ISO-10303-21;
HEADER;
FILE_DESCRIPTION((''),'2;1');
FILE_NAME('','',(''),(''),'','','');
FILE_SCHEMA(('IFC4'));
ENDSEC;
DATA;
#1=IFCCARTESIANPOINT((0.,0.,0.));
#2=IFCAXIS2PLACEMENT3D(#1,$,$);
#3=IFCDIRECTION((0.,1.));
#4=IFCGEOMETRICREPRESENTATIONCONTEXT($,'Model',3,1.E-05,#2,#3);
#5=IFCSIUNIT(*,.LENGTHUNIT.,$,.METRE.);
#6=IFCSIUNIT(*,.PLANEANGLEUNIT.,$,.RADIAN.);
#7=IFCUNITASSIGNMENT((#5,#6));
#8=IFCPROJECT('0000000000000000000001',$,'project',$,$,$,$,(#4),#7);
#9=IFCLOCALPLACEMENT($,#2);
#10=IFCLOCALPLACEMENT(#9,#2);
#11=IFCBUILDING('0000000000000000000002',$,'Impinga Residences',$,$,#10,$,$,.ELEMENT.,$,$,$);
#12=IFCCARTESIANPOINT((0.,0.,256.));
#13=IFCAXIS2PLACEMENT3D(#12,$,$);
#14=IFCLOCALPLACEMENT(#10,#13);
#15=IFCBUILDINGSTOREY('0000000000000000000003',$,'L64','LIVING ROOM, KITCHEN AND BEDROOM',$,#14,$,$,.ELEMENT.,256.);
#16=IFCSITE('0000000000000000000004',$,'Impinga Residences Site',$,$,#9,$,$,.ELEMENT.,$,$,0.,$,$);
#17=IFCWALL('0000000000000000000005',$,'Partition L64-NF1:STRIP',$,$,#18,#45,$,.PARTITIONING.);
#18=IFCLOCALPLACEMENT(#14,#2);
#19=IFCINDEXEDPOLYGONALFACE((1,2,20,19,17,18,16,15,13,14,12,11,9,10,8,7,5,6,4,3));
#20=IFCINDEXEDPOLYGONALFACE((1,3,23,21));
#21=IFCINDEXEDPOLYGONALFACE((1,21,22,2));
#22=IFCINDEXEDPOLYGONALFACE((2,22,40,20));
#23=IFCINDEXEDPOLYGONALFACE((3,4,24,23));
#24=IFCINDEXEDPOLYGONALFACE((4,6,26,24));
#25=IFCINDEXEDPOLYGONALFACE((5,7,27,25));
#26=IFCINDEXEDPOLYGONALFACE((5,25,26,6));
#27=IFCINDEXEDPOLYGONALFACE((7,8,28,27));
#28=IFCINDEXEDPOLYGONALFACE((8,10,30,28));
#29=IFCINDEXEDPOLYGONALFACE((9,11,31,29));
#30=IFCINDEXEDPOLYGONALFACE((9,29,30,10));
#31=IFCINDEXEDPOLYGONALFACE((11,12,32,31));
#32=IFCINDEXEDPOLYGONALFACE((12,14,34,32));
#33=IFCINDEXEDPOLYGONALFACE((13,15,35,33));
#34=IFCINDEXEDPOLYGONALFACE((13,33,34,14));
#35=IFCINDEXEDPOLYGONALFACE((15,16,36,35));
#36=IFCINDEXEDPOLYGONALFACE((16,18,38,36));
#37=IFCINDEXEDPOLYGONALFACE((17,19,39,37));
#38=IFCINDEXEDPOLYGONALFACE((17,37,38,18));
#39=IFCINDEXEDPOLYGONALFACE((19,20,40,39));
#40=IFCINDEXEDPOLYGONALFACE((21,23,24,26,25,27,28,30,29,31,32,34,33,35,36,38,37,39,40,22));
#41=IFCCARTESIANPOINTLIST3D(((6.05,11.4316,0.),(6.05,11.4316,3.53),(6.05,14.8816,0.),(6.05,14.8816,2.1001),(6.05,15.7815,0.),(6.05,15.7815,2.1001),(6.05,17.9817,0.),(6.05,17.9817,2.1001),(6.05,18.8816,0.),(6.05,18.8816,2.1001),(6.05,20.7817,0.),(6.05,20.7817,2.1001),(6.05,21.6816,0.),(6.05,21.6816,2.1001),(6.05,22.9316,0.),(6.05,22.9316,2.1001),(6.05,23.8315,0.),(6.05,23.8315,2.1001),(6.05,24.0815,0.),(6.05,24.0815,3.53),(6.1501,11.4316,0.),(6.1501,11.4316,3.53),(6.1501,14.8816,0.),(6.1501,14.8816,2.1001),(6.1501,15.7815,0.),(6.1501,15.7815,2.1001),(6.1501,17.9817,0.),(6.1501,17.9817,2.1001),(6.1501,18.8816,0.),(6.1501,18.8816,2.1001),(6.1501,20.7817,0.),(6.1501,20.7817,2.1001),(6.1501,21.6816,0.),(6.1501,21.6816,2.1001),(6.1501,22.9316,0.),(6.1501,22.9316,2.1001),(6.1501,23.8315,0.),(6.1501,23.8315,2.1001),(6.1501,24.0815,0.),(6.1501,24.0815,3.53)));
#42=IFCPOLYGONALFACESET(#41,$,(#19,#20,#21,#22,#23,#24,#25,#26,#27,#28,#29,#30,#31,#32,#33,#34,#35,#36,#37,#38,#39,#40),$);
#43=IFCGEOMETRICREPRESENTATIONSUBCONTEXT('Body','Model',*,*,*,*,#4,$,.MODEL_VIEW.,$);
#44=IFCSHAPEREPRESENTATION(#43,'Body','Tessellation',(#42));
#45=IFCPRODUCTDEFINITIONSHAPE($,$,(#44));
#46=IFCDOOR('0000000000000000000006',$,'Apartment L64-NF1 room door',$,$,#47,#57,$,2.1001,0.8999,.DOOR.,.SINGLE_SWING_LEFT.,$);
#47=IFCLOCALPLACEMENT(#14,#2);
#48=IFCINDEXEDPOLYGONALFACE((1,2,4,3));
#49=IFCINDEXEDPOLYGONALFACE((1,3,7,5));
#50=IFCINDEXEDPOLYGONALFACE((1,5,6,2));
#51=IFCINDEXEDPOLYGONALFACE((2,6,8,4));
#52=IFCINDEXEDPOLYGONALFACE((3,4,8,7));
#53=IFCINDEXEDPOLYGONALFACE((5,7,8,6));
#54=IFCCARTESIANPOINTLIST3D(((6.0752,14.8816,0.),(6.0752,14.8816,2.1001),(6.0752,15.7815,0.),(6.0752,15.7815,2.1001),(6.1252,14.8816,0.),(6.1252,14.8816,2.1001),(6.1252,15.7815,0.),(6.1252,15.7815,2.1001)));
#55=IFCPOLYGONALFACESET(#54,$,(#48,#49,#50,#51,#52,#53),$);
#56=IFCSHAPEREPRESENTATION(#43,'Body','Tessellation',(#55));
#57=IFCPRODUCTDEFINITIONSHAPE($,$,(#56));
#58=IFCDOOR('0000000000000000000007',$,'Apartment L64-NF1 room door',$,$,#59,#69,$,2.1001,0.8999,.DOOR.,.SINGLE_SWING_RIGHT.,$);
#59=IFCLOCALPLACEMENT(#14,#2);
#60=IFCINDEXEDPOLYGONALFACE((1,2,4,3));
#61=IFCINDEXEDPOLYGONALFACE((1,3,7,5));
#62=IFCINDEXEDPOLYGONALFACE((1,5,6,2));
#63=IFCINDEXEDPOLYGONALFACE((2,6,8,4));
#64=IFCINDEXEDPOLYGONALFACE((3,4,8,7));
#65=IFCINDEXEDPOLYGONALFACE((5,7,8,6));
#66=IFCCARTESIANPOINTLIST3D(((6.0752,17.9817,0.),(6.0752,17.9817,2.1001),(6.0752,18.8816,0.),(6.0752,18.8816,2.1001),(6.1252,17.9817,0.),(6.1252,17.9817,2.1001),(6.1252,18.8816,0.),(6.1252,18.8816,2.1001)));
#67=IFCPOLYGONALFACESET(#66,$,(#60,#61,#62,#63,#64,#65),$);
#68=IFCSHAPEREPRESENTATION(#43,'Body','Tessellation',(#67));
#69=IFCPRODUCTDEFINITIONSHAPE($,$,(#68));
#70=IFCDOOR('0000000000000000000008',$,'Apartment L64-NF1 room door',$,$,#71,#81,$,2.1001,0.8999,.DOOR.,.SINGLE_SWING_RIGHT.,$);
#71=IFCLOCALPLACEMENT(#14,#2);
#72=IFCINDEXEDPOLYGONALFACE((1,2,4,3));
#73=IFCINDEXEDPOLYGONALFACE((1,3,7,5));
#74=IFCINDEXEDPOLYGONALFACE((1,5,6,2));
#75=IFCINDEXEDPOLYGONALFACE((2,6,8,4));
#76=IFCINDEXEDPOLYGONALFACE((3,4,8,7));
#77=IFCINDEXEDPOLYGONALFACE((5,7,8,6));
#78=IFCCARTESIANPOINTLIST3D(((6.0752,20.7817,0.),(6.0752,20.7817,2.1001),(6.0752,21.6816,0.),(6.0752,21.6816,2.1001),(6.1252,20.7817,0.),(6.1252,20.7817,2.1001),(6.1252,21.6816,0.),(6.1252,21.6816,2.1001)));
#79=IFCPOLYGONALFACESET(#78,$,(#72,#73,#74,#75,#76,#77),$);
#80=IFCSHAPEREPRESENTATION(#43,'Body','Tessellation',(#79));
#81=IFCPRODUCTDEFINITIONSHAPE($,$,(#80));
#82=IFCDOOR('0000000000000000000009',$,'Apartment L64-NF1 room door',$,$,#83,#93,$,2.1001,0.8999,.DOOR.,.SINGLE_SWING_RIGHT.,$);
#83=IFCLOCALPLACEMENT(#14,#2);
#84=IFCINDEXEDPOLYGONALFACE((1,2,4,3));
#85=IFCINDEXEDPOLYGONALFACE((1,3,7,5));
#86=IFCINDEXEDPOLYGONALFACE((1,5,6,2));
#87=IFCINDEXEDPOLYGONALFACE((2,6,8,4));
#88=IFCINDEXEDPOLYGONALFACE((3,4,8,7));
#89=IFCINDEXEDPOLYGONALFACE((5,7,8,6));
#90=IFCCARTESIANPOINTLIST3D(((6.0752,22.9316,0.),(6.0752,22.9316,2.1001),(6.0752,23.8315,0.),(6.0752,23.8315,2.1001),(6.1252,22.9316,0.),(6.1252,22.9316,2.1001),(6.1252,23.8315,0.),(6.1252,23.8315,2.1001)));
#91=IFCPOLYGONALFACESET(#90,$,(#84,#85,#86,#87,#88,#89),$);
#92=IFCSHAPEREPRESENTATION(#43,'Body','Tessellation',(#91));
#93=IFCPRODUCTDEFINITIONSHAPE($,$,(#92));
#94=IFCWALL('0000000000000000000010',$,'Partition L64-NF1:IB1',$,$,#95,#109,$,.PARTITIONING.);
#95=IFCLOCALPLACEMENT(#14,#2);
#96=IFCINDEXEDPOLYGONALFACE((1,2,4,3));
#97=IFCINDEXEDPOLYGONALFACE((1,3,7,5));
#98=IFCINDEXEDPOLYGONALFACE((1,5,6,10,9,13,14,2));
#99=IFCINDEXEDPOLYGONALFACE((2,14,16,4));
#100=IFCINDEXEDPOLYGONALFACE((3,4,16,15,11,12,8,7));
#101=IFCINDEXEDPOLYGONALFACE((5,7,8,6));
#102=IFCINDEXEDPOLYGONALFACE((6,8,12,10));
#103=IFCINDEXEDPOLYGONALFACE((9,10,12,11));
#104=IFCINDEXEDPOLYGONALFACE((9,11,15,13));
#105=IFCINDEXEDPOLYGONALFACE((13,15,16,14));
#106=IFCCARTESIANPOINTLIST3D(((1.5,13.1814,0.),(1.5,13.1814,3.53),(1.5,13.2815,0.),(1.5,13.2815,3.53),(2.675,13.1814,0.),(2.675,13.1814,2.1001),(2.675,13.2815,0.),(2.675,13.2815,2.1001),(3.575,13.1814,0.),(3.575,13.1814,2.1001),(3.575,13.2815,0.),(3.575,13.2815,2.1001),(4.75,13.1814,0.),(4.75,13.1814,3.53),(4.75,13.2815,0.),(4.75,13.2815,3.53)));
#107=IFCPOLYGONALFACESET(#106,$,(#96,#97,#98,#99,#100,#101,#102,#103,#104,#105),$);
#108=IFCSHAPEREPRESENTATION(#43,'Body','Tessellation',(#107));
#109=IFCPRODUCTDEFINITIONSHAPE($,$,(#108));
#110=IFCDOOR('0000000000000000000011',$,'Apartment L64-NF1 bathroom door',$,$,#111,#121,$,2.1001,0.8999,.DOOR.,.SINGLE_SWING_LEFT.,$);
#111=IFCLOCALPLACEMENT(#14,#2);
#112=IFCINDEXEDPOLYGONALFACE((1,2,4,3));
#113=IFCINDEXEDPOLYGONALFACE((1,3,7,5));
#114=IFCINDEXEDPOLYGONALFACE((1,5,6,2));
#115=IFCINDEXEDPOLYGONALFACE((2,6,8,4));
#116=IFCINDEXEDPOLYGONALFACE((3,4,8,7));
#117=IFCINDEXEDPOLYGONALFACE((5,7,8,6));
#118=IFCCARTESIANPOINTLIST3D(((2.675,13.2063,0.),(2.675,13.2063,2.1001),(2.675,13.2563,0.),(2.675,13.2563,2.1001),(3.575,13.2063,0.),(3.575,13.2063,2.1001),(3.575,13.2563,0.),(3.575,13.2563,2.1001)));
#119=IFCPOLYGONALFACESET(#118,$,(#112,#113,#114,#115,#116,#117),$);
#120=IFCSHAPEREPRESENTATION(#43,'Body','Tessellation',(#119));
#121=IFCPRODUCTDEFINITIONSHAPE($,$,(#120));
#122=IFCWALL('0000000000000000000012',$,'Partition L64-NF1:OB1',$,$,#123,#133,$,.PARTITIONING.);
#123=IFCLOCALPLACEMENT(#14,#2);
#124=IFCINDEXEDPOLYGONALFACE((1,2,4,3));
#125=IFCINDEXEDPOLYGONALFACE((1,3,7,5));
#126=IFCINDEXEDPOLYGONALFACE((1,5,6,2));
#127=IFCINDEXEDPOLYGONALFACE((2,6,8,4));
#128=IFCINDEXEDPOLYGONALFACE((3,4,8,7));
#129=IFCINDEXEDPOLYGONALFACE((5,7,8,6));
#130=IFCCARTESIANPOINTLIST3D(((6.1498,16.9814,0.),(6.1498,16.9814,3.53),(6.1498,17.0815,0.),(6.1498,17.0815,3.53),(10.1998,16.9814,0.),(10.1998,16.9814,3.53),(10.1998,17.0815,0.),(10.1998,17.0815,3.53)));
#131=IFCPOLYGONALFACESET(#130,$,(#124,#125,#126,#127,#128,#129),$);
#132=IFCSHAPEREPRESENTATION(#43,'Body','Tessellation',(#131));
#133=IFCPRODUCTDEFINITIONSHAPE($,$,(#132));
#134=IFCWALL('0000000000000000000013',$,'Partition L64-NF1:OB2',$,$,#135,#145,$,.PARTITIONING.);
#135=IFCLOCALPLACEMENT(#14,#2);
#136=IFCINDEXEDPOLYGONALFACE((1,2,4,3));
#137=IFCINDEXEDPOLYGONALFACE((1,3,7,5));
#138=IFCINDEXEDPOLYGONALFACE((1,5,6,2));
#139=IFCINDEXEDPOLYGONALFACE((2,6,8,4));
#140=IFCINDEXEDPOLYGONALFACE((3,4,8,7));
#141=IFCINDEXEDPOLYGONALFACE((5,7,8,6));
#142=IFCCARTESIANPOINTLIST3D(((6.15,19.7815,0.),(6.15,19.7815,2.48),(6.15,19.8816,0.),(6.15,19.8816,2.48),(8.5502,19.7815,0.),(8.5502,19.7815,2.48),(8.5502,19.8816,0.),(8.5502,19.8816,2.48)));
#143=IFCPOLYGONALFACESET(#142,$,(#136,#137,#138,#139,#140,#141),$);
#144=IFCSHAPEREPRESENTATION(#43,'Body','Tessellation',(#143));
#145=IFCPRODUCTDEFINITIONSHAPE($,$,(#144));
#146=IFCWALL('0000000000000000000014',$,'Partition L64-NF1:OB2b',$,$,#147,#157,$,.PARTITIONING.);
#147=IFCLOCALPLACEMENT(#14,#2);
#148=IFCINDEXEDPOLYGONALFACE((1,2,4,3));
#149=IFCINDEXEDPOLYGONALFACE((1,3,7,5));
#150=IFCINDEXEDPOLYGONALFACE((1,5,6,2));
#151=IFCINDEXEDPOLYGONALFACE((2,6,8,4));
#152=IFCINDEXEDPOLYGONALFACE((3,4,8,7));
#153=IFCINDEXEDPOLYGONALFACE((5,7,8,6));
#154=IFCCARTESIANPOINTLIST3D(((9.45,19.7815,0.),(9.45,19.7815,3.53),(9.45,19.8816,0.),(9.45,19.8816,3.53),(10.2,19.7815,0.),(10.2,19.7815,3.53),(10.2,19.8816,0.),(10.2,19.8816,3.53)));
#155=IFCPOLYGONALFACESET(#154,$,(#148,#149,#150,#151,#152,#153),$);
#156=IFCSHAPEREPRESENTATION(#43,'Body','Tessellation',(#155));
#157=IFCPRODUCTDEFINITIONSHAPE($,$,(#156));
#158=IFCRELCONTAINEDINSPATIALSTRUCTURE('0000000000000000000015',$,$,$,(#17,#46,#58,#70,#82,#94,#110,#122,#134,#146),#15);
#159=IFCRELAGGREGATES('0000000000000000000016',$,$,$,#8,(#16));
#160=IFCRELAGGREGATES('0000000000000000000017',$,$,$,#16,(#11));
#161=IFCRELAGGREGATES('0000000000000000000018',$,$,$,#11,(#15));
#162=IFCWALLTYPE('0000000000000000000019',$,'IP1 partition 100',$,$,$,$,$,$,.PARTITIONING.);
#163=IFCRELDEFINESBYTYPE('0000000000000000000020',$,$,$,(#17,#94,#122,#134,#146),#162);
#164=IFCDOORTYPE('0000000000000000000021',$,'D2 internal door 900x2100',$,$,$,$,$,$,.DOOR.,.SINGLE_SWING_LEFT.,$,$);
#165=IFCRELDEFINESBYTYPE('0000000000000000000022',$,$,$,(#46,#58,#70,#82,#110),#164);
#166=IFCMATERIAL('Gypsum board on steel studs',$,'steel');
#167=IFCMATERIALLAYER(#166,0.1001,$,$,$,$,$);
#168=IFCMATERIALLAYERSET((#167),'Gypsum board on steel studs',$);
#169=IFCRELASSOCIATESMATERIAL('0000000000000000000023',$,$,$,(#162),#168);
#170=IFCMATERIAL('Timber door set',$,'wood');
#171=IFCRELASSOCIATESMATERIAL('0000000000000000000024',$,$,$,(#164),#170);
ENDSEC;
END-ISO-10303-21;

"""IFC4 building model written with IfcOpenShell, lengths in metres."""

from ifc_helpers import new_model, si_unit, direction, frame, frame_2d, origin, place, context, subcontext, project, spatial, rectangle, extrude, material, layer, layer_set, type_object, element, fill, save


model = new_model("IFC4")

# Units and contexts
model_context = context("Model", 3, precision=1e-05, world=origin(), true_north=direction((0.0, 1.0)))
body_context = subcontext(model_context, "Body", "Model", "MODEL_VIEW")
ifc_project = project(units=[si_unit("LENGTHUNIT", "METRE"), si_unit("PLANEANGLEUNIT", "RADIAN")], contexts=[model_context])

# Site, building, storey
site_placement = place(None, origin())
site = spatial("IfcSite", under=ifc_project, at=site_placement, Name="Impinga Residences Site", CompositionType="ELEMENT", RefElevation=0.0)
building_placement = place(site_placement, origin())
building = spatial("IfcBuilding", under=site, at=building_placement, Name="Impinga Residences", CompositionType="ELEMENT")
storey_placement = place(building_placement, frame((0.0, 0.0, 256.0)))
storey = spatial("IfcBuildingStorey", under=building, at=storey_placement, Name="L64", Description="LIVING ROOM, KITCHEN AND BEDROOM", CompositionType="ELEMENT", Elevation=256.0)

# Shared definitions
ifc_material_1 = material(Name="Gypsum board on steel studs", Category="steel")
ifc_layer_1 = layer(ifc_material_1, 0.1001)
ifc_layer_set_1 = layer_set([ifc_layer_1], Name="Gypsum board on steel studs")
wall_type_1 = type_object("IfcWallType", Name="IP1 partition 100", PredefinedType="PARTITIONING", material=ifc_layer_set_1)

# Wall, openings, doors
wall_1_placement = place(storey_placement, frame((6.1001, 11.4316, 0.0), z_axis=(0.0, 0.0, 1.0), x_axis=(0.0, 1.0, 0.0)))
wall_1 = element("IfcWall", 1, at=wall_1_placement, inside=storey, type_object=wall_type_1, Name="Partition L64-NF1:STRIP", PredefinedType="PARTITIONING", context=body_context, shape_type="SweptSolid", body=[
    extrude(rectangle(XDim=12.6499, YDim=0.1001, at=frame_2d((6.325, 0.0))), origin(), (0.0, 0.0, 1.0), 3.53),
])
opening_1_placement = place(wall_1_placement, frame((3.45, 0.0, 0.0)))
opening_1 = element("IfcOpeningElement", 2, at=opening_1_placement, cuts=wall_1, PredefinedType="OPENING", context=body_context, shape_type="SweptSolid", body=[
    extrude(rectangle(XDim=0.8999, YDim=2.1001, at=frame_2d((0.45, 1.05))), frame((0.0, 0.0601, 0.0), z_axis=(0.0, -1.0, 0.0), x_axis=(1.0, 0.0, 0.0)), (0.0, 0.0, 1.0), 0.1201),
])
opening_2_placement = place(wall_1_placement, frame((6.55, 0.0, 0.0)))
opening_2 = element("IfcOpeningElement", 3, at=opening_2_placement, cuts=wall_1, PredefinedType="OPENING", context=body_context, shape_type="SweptSolid", body=[
    extrude(rectangle(XDim=0.8999, YDim=2.1001, at=frame_2d((0.45, 1.05))), frame((0.0, 0.0601, 0.0), z_axis=(0.0, -1.0, 0.0), x_axis=(1.0, 0.0, 0.0)), (0.0, 0.0, 1.0), 0.1201),
])
opening_3_placement = place(wall_1_placement, frame((9.3501, 0.0, 0.0)))
opening_3 = element("IfcOpeningElement", 4, at=opening_3_placement, cuts=wall_1, PredefinedType="OPENING", context=body_context, shape_type="SweptSolid", body=[
    extrude(rectangle(XDim=0.8999, YDim=2.1001, at=frame_2d((0.45, 1.05))), frame((0.0, 0.0601, 0.0), z_axis=(0.0, -1.0, 0.0), x_axis=(1.0, 0.0, 0.0)), (0.0, 0.0, 1.0), 0.1201),
])
opening_4_placement = place(wall_1_placement, frame((11.5, 0.0, 0.0)))
opening_4 = element("IfcOpeningElement", 5, at=opening_4_placement, cuts=wall_1, PredefinedType="OPENING", context=body_context, shape_type="SweptSolid", body=[
    extrude(rectangle(XDim=0.8999, YDim=2.1001, at=frame_2d((0.45, 1.05))), frame((0.0, 0.0601, 0.0), z_axis=(0.0, -1.0, 0.0), x_axis=(1.0, 0.0, 0.0)), (0.0, 0.0, 1.0), 0.1201),
])
ifc_material_2 = material(Name="Timber door set", Category="wood")
door_type = type_object("IfcDoorType", Name="D2 internal door 900x2100", OperationType="SINGLE_SWING_LEFT", PredefinedType="DOOR", material=ifc_material_2)
door_1_placement = place(opening_1_placement, origin())
door_1 = element("IfcDoor", 6, at=door_1_placement, inside=storey, type_object=door_type, Name="Apartment L64-NF1 room door", OperationType="SINGLE_SWING_LEFT", OverallHeight=2.1001, OverallWidth=0.8999, PredefinedType="DOOR", context=body_context, shape_type="SweptSolid", body=[
    extrude(rectangle(XDim=0.8999, YDim=2.1001, at=frame_2d((0.45, 1.05))), frame((0.0, 0.0249, 0.0), z_axis=(0.0, -1.0, 0.0), x_axis=(1.0, 0.0, 0.0)), (0.0, 0.0, 1.0), 0.05),
])
fill(opening_1, door_1)
door_2_placement = place(opening_2_placement, origin())
door_2 = element("IfcDoor", 7, at=door_2_placement, inside=storey, type_object=door_type, Name="Apartment L64-NF1 room door", OperationType="SINGLE_SWING_RIGHT", OverallHeight=2.1001, OverallWidth=0.8999, PredefinedType="DOOR", context=body_context, shape_type="SweptSolid", body=[
    extrude(rectangle(XDim=0.8999, YDim=2.1001, at=frame_2d((0.45, 1.05))), frame((0.0, 0.0249, 0.0), z_axis=(0.0, -1.0, 0.0), x_axis=(1.0, 0.0, 0.0)), (0.0, 0.0, 1.0), 0.05),
])
fill(opening_2, door_2)
door_3_placement = place(opening_3_placement, origin())
door_3 = element("IfcDoor", 8, at=door_3_placement, inside=storey, type_object=door_type, Name="Apartment L64-NF1 room door", OperationType="SINGLE_SWING_RIGHT", OverallHeight=2.1001, OverallWidth=0.8999, PredefinedType="DOOR", context=body_context, shape_type="SweptSolid", body=[
    extrude(rectangle(XDim=0.8999, YDim=2.1001, at=frame_2d((0.45, 1.05))), frame((0.0, 0.0249, 0.0), z_axis=(0.0, -1.0, 0.0), x_axis=(1.0, 0.0, 0.0)), (0.0, 0.0, 1.0), 0.05),
])
fill(opening_3, door_3)
door_4_placement = place(opening_4_placement, origin())
door_4 = element("IfcDoor", 9, at=door_4_placement, inside=storey, type_object=door_type, Name="Apartment L64-NF1 room door", OperationType="SINGLE_SWING_RIGHT", OverallHeight=2.1001, OverallWidth=0.8999, PredefinedType="DOOR", context=body_context, shape_type="SweptSolid", body=[
    extrude(rectangle(XDim=0.8999, YDim=2.1001, at=frame_2d((0.45, 1.05))), frame((0.0, 0.0249, 0.0), z_axis=(0.0, -1.0, 0.0), x_axis=(1.0, 0.0, 0.0)), (0.0, 0.0, 1.0), 0.05),
])
fill(opening_4, door_4)

# Wall, opening, door
wall_2_placement = place(storey_placement, frame((1.5, 13.2314, 0.0), z_axis=(0.0, 0.0, 1.0), x_axis=(1.0, 0.0, 0.0)))
wall_2 = element("IfcWall", 10, at=wall_2_placement, inside=storey, type_object=wall_type_1, Name="Partition L64-NF1:IB1", PredefinedType="PARTITIONING", context=body_context, shape_type="SweptSolid", body=[
    extrude(rectangle(XDim=3.25, YDim=0.1001, at=frame_2d((1.625, 0.0))), origin(), (0.0, 0.0, 1.0), 3.53),
])
opening_5_placement = place(wall_2_placement, frame((1.175, 0.0, 0.0)))
opening_5 = element("IfcOpeningElement", 11, at=opening_5_placement, cuts=wall_2, PredefinedType="OPENING", context=body_context, shape_type="SweptSolid", body=[
    extrude(rectangle(XDim=0.8999, YDim=2.1001, at=frame_2d((0.45, 1.05))), frame((0.0, 0.0601, 0.0), z_axis=(0.0, -1.0, 0.0), x_axis=(1.0, 0.0, 0.0)), (0.0, 0.0, 1.0), 0.1201),
])
door_5_placement = place(opening_5_placement, origin())
door_5 = element("IfcDoor", 12, at=door_5_placement, inside=storey, type_object=door_type, Name="Apartment L64-NF1 bathroom door", OperationType="SINGLE_SWING_LEFT", OverallHeight=2.1001, OverallWidth=0.8999, PredefinedType="DOOR", context=body_context, shape_type="SweptSolid", body=[
    extrude(rectangle(XDim=0.8999, YDim=2.1001, at=frame_2d((0.45, 1.05))), frame((0.0, 0.0249, 0.0), z_axis=(0.0, -1.0, 0.0), x_axis=(1.0, 0.0, 0.0)), (0.0, 0.0, 1.0), 0.05),
])
fill(opening_5, door_5)

# Walls
wall_3_placement = place(storey_placement, frame((6.1499, 17.0315, 0.0), z_axis=(0.0, 0.0, 1.0), x_axis=(1.0, 0.0, 0.0)))
element("IfcWall", 13, at=wall_3_placement, inside=storey, type_object=wall_type_1, Name="Partition L64-NF1:OB1", PredefinedType="PARTITIONING", context=body_context, shape_type="SweptSolid", body=[
    extrude(rectangle(XDim=4.05, YDim=0.1001, at=frame_2d((2.0249, 0.0))), origin(), (0.0, 0.0, 1.0), 3.53),
])
wall_4_placement = place(storey_placement, frame((6.1499, 19.8315, 0.0), z_axis=(0.0, 0.0, 1.0), x_axis=(1.0, 0.0, 0.0)))
element("IfcWall", 14, at=wall_4_placement, inside=storey, type_object=wall_type_1, Name="Partition L64-NF1:OB2", PredefinedType="PARTITIONING", context=body_context, shape_type="SweptSolid", body=[
    extrude(rectangle(XDim=2.4001, YDim=0.1001, at=frame_2d((1.2002, 0.0))), origin(), (0.0, 0.0, 1.0), 2.48),
])
wall_5_placement = place(storey_placement, frame((9.45, 19.8315, 0.0), z_axis=(0.0, 0.0, 1.0), x_axis=(1.0, 0.0, 0.0)))
element("IfcWall", 15, at=wall_5_placement, inside=storey, type_object=wall_type_1, Name="Partition L64-NF1:OB2b", PredefinedType="PARTITIONING", context=body_context, shape_type="SweptSolid", body=[
    extrude(rectangle(XDim=0.75, YDim=0.1001, at=frame_2d((0.375, 0.0))), origin(), (0.0, 0.0, 1.0), 3.53),
])

save(model, "model.ifc")
